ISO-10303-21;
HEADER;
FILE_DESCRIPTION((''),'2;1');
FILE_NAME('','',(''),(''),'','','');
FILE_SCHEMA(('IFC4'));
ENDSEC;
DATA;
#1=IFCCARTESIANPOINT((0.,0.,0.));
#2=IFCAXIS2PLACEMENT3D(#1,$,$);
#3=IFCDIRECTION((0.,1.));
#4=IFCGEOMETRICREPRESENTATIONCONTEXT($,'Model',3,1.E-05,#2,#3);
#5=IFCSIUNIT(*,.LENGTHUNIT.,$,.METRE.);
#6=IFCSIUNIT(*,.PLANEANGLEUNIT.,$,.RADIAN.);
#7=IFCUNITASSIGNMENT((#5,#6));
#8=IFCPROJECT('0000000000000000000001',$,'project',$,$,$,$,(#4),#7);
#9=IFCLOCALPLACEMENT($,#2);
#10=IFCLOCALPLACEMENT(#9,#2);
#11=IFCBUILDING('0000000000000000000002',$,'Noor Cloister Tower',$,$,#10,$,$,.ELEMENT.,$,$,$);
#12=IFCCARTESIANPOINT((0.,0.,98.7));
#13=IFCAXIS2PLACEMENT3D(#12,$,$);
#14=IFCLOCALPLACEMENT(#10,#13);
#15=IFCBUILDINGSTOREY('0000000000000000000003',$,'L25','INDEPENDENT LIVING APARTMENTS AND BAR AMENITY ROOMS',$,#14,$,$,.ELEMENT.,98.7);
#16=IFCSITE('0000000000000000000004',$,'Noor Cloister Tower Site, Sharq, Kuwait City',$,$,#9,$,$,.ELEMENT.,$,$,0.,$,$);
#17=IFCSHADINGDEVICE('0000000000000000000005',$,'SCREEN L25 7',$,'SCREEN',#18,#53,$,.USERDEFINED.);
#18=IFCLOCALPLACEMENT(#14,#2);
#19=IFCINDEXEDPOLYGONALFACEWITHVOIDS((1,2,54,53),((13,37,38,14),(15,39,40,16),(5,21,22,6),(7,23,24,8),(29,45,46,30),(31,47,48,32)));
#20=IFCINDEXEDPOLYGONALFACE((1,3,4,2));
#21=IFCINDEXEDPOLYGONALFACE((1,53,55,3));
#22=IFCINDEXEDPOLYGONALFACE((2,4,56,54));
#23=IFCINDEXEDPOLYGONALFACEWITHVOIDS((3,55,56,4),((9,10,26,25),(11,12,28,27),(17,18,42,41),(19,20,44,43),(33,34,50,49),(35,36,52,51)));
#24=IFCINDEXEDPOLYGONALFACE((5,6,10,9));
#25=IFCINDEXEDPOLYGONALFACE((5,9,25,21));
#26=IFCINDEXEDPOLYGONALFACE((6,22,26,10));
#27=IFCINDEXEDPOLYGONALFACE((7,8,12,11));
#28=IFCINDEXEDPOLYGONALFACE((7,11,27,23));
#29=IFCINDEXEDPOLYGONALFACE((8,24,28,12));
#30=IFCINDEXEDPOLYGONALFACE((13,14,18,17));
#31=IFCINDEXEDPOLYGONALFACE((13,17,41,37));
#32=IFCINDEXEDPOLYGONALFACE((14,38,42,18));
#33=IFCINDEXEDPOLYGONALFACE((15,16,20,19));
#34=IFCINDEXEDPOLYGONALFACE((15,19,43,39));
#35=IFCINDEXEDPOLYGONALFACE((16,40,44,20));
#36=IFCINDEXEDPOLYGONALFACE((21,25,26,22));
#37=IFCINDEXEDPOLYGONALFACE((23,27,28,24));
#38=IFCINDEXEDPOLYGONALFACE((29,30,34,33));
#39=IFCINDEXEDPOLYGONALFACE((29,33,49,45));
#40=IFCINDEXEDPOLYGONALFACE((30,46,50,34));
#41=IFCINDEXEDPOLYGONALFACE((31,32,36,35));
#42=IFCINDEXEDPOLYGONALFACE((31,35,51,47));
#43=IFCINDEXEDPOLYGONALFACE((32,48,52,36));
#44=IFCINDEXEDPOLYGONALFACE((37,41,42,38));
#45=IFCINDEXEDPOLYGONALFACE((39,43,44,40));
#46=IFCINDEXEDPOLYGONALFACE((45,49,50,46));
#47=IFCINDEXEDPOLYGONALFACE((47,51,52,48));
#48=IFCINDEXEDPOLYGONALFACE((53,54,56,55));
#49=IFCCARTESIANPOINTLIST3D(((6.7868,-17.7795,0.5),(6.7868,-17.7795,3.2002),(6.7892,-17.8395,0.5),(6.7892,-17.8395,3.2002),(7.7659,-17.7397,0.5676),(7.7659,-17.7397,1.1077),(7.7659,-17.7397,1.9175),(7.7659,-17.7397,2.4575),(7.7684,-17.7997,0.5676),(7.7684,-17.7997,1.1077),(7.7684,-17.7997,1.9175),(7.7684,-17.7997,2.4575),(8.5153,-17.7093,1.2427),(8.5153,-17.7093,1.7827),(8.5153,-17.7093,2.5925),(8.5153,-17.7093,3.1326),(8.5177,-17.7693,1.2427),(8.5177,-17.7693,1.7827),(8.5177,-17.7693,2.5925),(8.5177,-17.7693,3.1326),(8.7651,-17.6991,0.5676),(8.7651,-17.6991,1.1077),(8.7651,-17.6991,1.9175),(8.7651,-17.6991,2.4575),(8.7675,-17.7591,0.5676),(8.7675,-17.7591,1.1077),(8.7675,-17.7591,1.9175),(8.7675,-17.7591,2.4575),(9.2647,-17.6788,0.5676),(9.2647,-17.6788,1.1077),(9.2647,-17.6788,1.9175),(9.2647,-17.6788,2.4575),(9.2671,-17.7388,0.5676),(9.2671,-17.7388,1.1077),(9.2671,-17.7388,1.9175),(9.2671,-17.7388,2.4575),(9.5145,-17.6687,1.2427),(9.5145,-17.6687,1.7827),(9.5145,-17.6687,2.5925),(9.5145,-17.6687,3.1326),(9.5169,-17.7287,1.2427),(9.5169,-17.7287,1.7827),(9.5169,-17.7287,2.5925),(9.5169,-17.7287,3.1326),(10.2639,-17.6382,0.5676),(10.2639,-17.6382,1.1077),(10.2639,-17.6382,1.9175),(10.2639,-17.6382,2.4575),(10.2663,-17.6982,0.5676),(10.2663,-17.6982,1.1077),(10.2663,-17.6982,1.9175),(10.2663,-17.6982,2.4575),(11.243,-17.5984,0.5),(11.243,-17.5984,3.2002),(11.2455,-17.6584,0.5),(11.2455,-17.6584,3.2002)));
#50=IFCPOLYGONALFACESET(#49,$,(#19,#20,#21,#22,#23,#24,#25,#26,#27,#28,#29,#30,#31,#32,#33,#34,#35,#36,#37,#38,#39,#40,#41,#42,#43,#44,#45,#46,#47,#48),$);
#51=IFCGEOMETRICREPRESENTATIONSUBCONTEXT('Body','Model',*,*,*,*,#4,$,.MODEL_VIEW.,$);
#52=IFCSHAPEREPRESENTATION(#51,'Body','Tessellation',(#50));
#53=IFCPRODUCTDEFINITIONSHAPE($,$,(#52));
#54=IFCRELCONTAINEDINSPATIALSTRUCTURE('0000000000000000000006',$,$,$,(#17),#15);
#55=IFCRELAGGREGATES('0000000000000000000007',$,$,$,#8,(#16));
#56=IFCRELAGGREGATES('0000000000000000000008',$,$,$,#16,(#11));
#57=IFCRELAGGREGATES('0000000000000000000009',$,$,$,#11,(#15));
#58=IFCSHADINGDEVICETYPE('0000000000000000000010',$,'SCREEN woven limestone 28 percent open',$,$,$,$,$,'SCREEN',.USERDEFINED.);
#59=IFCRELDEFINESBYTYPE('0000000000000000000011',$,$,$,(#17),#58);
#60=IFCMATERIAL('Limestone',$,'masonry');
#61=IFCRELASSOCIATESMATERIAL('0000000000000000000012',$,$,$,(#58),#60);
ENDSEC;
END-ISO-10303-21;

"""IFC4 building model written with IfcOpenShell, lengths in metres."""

from ifc_helpers import new_model, si_unit, direction, frame, origin, place, context, subcontext, project, spatial, polyline, outline, extrude, material, material_profile, profile_set, type_object, element, save


model = new_model("IFC4")

# Units and contexts
model_context = context("Model", 3, precision=1e-05, world=origin(), true_north=direction((0.0, 1.0)))
body_context = subcontext(model_context, "Body", "Model", "MODEL_VIEW")
ifc_project = project(units=[si_unit("LENGTHUNIT", "METRE"), si_unit("PLANEANGLEUNIT", "RADIAN")], contexts=[model_context])

# Site, building, storey
site_placement = place(None, origin())
site = spatial("IfcSite", under=ifc_project, at=site_placement, Name="Noor Cloister Tower Site, Sharq, Kuwait City", CompositionType="ELEMENT", RefElevation=0.0)
building_placement = place(site_placement, origin())
building = spatial("IfcBuilding", under=site, at=building_placement, Name="Noor Cloister Tower", CompositionType="ELEMENT")
storey_placement = place(building_placement, frame((0.0, 0.0, 98.7)))
storey = spatial("IfcBuildingStorey", under=building, at=storey_placement, Name="L25", Description="INDEPENDENT LIVING APARTMENTS AND BAR AMENITY ROOMS", CompositionType="ELEMENT", Elevation=98.7)

# Shading device
ifc_material_1 = material(Name="Limestone", Category="masonry")
ifc_material_profile_1 = material_profile(ifc_material_1, outline(polyline([(-2.23, -1.3501), (2.23, -1.3501), (2.23, 1.3501), (-2.23, 1.3501), (-2.23, -1.3501)]), holes=[polyline([(-1.25, -1.2825), (-0.25, -1.2825), (-0.25, -0.7424), (-1.25, -0.7424), (-1.25, -1.2825)]), polyline([(0.25, -1.2825), (1.25, -1.2825), (1.25, -0.7424), (0.25, -0.7424), (0.25, -1.2825)]), polyline([(-0.5, -0.6074), (0.5, -0.6074), (0.5, -0.0674), (-0.5, -0.0674), (-0.5, -0.6074)]), polyline([(-1.25, 0.0674), (-0.25, 0.0674), (-0.25, 0.6074), (-1.25, 0.6074), (-1.25, 0.0674)]), polyline([(0.25, 0.0674), (1.25, 0.0674), (1.25, 0.6074), (0.25, 0.6074), (0.25, 0.0674)]), polyline([(-0.5, 0.7424), (0.5, 0.7424), (0.5, 1.2825), (-0.5, 1.2825), (-0.5, 0.7424)])]), Name="Woven screen 28 percent open")
ifc_profile_set_1 = profile_set([ifc_material_profile_1], Name="Limestone")
shading_device_type = type_object("IfcShadingDeviceType", Name="SCREEN woven limestone 28 percent open", ElementType="SCREEN", PredefinedType="USERDEFINED", material=ifc_profile_set_1)
for number, where, z_axis, x_axis, name in (
    (1, (9.0149, -17.689, 1.8501), (0.040617, -0.999175, 0.0), (0.999175, 0.040617, 0.0), "SCREEN L25 7"),
):
    element("IfcShadingDevice", number, at=place(storey_placement, frame(where, z_axis=z_axis, x_axis=x_axis)), inside=storey, type_object=shading_device_type, Name=name, ObjectType="SCREEN", PredefinedType="USERDEFINED", context=body_context, shape_type="SweptSolid", body=[
        extrude(outline(polyline([(-2.23, -1.3501), (2.23, -1.3501), (2.23, 1.3501), (-2.23, 1.3501), (-2.23, -1.3501)]), holes=[polyline([(-1.25, -1.2825), (-0.25, -1.2825), (-0.25, -0.7424), (-1.25, -0.7424), (-1.25, -1.2825)]), polyline([(0.25, -1.2825), (1.25, -1.2825), (1.25, -0.7424), (0.25, -0.7424), (0.25, -1.2825)]), polyline([(-0.5, -0.6074), (0.5, -0.6074), (0.5, -0.0674), (-0.5, -0.0674), (-0.5, -0.6074)]), polyline([(-1.25, 0.0674), (-0.25, 0.0674), (-0.25, 0.6074), (-1.25, 0.6074), (-1.25, 0.0674)]), polyline([(0.25, 0.0674), (1.25, 0.0674), (1.25, 0.6074), (0.25, 0.6074), (0.25, 0.0674)]), polyline([(-0.5, 0.7424), (0.5, 0.7424), (0.5, 1.2825), (-0.5, 1.2825), (-0.5, 0.7424)])]), origin(), (0.0, 0.0, 1.0), 0.0601),
    ])

save(model, "model.ifc")
